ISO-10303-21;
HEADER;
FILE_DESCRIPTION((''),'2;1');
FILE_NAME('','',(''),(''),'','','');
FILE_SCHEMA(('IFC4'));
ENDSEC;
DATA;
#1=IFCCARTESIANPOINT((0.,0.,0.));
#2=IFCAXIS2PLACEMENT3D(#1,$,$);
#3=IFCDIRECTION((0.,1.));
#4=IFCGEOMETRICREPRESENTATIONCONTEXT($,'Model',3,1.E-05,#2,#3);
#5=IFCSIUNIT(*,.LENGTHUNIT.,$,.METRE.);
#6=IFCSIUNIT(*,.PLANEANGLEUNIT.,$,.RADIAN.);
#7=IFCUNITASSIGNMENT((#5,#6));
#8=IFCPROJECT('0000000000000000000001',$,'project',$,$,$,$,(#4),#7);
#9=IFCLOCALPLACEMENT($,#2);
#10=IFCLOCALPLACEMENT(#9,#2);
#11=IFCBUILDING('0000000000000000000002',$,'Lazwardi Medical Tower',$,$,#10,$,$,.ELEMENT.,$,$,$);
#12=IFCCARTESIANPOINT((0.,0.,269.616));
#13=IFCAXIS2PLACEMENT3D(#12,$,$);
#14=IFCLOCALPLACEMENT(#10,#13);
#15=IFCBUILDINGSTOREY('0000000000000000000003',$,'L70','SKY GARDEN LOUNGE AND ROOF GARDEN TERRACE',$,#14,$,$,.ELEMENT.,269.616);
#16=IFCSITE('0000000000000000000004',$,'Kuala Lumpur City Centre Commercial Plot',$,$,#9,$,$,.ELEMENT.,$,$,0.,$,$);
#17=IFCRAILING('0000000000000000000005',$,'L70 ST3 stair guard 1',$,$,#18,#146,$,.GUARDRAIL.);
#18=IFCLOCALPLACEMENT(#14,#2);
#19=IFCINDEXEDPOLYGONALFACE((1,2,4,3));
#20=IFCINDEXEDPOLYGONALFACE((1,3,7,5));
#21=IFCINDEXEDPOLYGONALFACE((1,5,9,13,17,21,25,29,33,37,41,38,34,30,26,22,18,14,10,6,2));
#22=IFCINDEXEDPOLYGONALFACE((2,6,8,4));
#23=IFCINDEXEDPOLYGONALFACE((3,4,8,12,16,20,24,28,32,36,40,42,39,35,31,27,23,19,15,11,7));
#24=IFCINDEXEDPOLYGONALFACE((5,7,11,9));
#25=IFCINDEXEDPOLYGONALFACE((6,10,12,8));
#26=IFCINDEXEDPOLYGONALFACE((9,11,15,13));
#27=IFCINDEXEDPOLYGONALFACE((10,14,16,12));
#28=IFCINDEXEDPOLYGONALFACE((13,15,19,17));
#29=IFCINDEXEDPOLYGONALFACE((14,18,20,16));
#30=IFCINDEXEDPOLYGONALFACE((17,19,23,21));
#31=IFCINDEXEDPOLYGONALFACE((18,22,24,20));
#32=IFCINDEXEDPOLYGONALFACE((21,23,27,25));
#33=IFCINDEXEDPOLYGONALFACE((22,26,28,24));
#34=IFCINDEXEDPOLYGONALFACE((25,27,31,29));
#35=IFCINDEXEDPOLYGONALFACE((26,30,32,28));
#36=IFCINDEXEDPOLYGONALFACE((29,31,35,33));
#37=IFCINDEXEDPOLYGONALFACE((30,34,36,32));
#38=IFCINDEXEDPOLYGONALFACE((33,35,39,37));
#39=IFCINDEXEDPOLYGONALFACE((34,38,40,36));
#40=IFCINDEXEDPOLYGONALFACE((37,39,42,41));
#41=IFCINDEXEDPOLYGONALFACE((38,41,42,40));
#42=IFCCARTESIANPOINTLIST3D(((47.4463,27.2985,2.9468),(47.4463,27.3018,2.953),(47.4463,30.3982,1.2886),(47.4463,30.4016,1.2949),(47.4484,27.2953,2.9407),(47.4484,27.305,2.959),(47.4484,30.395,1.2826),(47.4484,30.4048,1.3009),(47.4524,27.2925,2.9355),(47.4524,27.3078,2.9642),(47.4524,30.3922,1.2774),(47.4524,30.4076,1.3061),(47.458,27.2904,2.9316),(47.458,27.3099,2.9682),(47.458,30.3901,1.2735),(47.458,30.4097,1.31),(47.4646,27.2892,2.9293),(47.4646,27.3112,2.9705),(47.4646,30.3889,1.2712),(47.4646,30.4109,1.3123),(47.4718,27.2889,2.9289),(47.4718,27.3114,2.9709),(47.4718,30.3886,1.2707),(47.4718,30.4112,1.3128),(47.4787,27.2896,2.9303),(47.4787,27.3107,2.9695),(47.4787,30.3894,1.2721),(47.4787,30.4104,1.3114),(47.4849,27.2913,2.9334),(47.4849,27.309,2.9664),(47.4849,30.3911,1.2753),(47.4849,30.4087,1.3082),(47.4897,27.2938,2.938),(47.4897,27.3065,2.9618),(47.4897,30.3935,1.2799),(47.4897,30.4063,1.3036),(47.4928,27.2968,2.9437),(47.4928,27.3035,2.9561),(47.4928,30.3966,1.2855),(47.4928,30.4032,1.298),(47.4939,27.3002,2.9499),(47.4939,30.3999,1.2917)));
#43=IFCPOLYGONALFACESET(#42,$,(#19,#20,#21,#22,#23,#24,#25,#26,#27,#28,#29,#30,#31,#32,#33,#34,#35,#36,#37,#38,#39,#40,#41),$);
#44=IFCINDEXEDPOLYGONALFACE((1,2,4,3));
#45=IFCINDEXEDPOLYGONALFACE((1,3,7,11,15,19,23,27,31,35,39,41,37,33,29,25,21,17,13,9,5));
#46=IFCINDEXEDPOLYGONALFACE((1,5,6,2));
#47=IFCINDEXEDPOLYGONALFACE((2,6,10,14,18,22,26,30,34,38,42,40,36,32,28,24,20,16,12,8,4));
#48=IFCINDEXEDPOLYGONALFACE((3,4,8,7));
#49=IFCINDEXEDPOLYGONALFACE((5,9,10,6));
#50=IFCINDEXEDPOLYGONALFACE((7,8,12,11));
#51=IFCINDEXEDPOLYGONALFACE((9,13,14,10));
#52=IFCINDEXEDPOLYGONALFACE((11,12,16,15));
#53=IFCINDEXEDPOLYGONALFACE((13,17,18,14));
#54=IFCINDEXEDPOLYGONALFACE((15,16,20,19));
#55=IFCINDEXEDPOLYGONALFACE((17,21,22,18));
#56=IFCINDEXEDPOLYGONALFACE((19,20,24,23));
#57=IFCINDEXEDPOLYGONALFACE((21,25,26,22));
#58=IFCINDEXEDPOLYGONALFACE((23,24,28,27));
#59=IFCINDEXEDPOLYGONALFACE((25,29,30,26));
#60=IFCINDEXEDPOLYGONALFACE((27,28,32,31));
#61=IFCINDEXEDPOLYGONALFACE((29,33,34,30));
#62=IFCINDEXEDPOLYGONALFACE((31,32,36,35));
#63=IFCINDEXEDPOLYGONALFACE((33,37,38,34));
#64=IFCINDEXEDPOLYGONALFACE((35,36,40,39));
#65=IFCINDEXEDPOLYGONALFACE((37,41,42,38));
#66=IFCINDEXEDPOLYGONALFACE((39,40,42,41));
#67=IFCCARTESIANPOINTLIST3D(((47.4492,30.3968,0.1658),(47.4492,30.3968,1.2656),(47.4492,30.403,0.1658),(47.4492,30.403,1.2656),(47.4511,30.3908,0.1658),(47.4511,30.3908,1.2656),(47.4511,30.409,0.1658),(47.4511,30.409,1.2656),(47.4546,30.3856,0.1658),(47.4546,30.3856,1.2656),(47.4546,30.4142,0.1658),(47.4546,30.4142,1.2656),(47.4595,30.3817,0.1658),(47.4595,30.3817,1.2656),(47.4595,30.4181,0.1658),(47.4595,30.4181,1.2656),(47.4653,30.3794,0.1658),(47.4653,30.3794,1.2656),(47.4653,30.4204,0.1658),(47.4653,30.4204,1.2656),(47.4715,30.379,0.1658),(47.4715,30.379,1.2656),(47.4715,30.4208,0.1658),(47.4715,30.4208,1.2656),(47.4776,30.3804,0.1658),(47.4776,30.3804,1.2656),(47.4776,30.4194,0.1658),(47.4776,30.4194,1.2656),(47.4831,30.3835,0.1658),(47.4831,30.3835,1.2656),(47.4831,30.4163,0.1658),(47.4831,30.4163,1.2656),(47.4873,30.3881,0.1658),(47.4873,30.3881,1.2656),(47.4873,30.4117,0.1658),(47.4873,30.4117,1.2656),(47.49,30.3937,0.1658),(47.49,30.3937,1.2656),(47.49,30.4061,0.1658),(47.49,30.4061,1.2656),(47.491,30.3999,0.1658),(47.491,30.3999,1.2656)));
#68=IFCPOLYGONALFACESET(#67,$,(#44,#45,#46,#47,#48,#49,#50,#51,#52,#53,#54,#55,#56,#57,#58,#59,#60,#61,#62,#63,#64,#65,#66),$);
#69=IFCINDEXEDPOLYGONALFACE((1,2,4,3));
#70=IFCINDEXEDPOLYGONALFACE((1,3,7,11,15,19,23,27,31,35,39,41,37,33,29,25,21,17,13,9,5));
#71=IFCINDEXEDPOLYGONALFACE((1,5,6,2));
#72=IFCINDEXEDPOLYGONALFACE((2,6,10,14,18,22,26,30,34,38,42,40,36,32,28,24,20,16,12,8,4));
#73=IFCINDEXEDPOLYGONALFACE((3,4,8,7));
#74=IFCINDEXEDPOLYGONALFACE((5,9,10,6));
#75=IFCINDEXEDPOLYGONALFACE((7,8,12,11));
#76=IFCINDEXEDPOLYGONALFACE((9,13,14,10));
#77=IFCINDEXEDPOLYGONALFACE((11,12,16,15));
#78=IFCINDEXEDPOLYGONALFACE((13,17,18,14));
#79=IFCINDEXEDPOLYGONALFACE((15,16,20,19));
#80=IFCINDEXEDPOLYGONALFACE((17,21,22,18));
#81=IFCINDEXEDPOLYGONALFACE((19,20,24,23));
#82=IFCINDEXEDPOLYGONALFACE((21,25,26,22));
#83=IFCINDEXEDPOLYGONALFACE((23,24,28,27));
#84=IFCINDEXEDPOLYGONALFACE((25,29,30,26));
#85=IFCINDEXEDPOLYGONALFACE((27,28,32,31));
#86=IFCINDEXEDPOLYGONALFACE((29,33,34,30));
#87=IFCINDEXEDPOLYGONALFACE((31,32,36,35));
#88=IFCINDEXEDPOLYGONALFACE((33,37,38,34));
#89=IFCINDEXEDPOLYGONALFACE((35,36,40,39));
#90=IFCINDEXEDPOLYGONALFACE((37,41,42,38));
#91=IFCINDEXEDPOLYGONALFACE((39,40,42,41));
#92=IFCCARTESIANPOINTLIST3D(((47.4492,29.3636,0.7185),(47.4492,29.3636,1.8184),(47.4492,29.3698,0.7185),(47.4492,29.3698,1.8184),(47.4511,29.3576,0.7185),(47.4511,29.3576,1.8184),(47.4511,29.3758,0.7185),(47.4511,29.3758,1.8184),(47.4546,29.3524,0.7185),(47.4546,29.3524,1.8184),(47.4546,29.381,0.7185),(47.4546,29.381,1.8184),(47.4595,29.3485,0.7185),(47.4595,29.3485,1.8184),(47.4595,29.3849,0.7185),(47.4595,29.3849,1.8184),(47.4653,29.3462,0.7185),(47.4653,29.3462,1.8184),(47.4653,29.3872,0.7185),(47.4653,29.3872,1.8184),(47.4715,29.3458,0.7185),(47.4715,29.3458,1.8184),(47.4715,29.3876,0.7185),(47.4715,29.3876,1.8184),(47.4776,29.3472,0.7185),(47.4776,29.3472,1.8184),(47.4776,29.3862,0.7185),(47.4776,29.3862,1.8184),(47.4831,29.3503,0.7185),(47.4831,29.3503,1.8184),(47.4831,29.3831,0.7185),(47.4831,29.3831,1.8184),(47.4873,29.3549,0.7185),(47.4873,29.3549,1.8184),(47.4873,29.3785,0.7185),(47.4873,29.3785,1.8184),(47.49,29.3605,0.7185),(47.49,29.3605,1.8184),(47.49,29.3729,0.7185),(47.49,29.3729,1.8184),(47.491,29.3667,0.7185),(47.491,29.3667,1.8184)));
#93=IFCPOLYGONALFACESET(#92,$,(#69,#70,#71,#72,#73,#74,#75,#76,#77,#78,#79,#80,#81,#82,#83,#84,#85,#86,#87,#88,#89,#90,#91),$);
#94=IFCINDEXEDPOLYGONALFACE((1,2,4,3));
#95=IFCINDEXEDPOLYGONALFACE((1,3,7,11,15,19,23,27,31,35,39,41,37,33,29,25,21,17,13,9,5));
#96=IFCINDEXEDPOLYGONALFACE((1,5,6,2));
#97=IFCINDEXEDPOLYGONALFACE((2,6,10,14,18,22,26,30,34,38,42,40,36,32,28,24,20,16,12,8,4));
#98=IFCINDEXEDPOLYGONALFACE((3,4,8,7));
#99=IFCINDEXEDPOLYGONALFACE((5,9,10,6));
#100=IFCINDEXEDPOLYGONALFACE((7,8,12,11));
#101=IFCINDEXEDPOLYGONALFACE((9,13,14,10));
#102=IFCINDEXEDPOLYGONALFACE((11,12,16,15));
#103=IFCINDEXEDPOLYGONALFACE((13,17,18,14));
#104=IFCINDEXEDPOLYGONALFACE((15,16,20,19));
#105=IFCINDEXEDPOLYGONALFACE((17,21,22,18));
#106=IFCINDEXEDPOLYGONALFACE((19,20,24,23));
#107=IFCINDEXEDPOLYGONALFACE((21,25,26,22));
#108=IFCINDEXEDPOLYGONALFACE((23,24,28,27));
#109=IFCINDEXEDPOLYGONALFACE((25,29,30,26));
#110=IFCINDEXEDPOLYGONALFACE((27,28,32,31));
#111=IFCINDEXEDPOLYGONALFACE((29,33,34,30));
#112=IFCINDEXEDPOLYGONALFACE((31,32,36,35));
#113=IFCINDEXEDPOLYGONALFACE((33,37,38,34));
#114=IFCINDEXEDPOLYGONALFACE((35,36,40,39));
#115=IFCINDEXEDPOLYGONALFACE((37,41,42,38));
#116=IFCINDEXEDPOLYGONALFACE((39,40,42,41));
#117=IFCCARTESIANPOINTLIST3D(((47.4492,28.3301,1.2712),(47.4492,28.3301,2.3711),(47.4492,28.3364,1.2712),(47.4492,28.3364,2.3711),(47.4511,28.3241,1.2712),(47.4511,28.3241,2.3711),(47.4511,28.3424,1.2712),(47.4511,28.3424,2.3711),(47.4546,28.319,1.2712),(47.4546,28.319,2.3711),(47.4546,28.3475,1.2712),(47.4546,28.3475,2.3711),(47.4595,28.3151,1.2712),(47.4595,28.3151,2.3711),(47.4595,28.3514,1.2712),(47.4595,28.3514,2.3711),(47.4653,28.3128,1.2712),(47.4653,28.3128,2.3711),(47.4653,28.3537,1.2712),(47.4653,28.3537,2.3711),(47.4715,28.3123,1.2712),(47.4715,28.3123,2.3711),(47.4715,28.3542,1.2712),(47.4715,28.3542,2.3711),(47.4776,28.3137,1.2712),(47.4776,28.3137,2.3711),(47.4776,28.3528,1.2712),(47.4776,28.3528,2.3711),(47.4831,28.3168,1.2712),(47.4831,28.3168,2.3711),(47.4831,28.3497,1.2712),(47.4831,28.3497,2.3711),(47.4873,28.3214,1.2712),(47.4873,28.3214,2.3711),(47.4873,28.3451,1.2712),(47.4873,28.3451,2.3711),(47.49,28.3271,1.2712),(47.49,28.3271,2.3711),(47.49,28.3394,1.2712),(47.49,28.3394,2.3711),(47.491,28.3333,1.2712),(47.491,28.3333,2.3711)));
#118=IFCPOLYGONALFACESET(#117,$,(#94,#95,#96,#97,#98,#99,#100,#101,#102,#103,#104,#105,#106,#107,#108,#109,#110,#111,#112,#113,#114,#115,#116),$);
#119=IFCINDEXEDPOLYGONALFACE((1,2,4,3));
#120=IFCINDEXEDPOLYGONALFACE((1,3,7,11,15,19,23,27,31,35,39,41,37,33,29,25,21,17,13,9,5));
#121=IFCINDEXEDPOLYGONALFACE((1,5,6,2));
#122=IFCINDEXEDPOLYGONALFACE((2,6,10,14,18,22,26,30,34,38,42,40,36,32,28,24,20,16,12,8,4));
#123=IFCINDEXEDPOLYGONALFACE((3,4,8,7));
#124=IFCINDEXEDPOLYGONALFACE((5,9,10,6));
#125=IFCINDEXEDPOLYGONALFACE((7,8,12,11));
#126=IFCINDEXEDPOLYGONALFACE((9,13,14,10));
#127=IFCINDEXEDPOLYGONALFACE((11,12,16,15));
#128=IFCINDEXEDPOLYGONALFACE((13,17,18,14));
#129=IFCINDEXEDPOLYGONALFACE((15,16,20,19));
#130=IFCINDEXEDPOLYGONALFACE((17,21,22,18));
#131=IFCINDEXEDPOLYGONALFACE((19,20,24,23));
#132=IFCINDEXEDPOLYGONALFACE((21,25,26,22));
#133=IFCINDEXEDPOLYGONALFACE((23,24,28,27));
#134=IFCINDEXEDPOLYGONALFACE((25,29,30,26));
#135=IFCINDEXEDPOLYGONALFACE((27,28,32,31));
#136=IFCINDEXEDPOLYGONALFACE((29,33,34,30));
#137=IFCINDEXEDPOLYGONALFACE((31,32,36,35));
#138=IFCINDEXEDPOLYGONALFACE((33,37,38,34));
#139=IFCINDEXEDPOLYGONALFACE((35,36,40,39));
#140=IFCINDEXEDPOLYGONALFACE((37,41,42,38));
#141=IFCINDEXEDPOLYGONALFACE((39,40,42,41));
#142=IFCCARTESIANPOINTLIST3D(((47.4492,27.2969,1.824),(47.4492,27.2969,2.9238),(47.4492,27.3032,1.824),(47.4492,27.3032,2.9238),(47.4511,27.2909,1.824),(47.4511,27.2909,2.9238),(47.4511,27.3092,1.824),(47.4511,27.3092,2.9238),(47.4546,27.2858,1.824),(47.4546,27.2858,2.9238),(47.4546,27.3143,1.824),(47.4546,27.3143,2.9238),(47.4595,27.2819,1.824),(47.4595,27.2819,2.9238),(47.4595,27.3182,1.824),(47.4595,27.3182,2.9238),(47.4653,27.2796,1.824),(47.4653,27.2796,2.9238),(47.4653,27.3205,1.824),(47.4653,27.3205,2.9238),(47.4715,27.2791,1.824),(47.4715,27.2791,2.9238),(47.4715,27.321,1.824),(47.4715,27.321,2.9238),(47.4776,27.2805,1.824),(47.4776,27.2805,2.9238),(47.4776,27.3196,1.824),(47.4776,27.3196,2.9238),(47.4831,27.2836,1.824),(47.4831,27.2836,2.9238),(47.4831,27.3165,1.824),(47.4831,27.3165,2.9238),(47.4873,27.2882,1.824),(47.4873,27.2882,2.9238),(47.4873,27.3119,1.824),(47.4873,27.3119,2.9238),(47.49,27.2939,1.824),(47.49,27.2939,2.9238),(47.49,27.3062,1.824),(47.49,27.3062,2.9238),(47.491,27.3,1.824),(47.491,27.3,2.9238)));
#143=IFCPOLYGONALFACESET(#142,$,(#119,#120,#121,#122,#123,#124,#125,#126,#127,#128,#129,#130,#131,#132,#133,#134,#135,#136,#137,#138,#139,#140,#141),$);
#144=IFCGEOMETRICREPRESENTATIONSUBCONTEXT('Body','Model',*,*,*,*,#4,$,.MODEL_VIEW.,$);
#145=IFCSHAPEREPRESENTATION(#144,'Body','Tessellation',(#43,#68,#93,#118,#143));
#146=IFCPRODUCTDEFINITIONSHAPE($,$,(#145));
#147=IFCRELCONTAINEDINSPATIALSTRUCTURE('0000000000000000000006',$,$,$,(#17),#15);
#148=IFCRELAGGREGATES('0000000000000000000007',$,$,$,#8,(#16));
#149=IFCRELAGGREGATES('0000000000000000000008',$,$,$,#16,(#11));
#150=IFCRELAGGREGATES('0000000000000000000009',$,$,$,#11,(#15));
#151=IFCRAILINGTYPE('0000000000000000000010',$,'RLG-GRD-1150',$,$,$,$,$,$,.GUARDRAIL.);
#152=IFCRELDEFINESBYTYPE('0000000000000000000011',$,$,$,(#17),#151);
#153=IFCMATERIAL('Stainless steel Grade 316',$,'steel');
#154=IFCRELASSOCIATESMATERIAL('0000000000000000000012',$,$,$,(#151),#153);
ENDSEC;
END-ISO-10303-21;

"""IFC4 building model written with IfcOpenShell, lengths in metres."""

from ifc_helpers import new_model, si_unit, direction, frame, origin, origin_2d, place, context, subcontext, project, spatial, circle, extrude, material, type_object, element, save


model = new_model("IFC4")

# Units and contexts
model_context = context("Model", 3, precision=1e-05, world=origin(), true_north=direction((0.0, 1.0)))
body_context = subcontext(model_context, "Body", "Model", "MODEL_VIEW")
ifc_project = project(units=[si_unit("LENGTHUNIT", "METRE"), si_unit("PLANEANGLEUNIT", "RADIAN")], contexts=[model_context])

# Site, building, storey
site_placement = place(None, origin())
site = spatial("IfcSite", under=ifc_project, at=site_placement, Name="Kuala Lumpur City Centre Commercial Plot", CompositionType="ELEMENT", RefElevation=0.0)
building_placement = place(site_placement, origin())
building = spatial("IfcBuilding", under=site, at=building_placement, Name="Lazwardi Medical Tower", CompositionType="ELEMENT")
storey_placement = place(building_placement, frame((0.0, 0.0, 269.616)))
storey = spatial("IfcBuildingStorey", under=building, at=storey_placement, Name="L70", Description="SKY GARDEN LOUNGE AND ROOF GARDEN TERRACE", CompositionType="ELEMENT", Elevation=269.616)

# Railing
ifc_material_1 = material(Name="Stainless steel Grade 316", Category="steel")
railing_type = type_object("IfcRailingType", Name="RLG-GRD-1150", PredefinedType="GUARDRAIL", material=ifc_material_1)
railing_1_placement = place(storey_placement, frame((47.47, 30.3999, 0.1658)))
element("IfcRailing", 1, at=railing_1_placement, inside=storey, type_object=railing_type, Name="L70 ST3 stair guard 1", PredefinedType="GUARDRAIL", context=body_context, shape_type="SweptSolid", body=[
    extrude(circle(Radius=0.0239, at=origin_2d()), frame((0.0, 0.0, 1.126), z_axis=(0.0, -0.881768, 0.471684), x_axis=(1.0, 0.0, 0.0)), (0.0, 0.0, 1.0), 3.5154),
    extrude(circle(Radius=0.021, at=origin_2d()), origin(), (0.0, 0.0, 1.0), 1.0999),
    extrude(circle(Radius=0.021, at=origin_2d()), frame((0.0, -1.0332, 0.5527)), (0.0, 0.0, 1.0), 1.0999),
    extrude(circle(Radius=0.021, at=origin_2d()), frame((0.0, -2.0667, 1.1055)), (0.0, 0.0, 1.0), 1.0999),
    extrude(circle(Radius=0.021, at=origin_2d()), frame((0.0, -3.0999, 1.6582)), (0.0, 0.0, 1.0), 1.0999),
])

save(model, "model.ifc")
